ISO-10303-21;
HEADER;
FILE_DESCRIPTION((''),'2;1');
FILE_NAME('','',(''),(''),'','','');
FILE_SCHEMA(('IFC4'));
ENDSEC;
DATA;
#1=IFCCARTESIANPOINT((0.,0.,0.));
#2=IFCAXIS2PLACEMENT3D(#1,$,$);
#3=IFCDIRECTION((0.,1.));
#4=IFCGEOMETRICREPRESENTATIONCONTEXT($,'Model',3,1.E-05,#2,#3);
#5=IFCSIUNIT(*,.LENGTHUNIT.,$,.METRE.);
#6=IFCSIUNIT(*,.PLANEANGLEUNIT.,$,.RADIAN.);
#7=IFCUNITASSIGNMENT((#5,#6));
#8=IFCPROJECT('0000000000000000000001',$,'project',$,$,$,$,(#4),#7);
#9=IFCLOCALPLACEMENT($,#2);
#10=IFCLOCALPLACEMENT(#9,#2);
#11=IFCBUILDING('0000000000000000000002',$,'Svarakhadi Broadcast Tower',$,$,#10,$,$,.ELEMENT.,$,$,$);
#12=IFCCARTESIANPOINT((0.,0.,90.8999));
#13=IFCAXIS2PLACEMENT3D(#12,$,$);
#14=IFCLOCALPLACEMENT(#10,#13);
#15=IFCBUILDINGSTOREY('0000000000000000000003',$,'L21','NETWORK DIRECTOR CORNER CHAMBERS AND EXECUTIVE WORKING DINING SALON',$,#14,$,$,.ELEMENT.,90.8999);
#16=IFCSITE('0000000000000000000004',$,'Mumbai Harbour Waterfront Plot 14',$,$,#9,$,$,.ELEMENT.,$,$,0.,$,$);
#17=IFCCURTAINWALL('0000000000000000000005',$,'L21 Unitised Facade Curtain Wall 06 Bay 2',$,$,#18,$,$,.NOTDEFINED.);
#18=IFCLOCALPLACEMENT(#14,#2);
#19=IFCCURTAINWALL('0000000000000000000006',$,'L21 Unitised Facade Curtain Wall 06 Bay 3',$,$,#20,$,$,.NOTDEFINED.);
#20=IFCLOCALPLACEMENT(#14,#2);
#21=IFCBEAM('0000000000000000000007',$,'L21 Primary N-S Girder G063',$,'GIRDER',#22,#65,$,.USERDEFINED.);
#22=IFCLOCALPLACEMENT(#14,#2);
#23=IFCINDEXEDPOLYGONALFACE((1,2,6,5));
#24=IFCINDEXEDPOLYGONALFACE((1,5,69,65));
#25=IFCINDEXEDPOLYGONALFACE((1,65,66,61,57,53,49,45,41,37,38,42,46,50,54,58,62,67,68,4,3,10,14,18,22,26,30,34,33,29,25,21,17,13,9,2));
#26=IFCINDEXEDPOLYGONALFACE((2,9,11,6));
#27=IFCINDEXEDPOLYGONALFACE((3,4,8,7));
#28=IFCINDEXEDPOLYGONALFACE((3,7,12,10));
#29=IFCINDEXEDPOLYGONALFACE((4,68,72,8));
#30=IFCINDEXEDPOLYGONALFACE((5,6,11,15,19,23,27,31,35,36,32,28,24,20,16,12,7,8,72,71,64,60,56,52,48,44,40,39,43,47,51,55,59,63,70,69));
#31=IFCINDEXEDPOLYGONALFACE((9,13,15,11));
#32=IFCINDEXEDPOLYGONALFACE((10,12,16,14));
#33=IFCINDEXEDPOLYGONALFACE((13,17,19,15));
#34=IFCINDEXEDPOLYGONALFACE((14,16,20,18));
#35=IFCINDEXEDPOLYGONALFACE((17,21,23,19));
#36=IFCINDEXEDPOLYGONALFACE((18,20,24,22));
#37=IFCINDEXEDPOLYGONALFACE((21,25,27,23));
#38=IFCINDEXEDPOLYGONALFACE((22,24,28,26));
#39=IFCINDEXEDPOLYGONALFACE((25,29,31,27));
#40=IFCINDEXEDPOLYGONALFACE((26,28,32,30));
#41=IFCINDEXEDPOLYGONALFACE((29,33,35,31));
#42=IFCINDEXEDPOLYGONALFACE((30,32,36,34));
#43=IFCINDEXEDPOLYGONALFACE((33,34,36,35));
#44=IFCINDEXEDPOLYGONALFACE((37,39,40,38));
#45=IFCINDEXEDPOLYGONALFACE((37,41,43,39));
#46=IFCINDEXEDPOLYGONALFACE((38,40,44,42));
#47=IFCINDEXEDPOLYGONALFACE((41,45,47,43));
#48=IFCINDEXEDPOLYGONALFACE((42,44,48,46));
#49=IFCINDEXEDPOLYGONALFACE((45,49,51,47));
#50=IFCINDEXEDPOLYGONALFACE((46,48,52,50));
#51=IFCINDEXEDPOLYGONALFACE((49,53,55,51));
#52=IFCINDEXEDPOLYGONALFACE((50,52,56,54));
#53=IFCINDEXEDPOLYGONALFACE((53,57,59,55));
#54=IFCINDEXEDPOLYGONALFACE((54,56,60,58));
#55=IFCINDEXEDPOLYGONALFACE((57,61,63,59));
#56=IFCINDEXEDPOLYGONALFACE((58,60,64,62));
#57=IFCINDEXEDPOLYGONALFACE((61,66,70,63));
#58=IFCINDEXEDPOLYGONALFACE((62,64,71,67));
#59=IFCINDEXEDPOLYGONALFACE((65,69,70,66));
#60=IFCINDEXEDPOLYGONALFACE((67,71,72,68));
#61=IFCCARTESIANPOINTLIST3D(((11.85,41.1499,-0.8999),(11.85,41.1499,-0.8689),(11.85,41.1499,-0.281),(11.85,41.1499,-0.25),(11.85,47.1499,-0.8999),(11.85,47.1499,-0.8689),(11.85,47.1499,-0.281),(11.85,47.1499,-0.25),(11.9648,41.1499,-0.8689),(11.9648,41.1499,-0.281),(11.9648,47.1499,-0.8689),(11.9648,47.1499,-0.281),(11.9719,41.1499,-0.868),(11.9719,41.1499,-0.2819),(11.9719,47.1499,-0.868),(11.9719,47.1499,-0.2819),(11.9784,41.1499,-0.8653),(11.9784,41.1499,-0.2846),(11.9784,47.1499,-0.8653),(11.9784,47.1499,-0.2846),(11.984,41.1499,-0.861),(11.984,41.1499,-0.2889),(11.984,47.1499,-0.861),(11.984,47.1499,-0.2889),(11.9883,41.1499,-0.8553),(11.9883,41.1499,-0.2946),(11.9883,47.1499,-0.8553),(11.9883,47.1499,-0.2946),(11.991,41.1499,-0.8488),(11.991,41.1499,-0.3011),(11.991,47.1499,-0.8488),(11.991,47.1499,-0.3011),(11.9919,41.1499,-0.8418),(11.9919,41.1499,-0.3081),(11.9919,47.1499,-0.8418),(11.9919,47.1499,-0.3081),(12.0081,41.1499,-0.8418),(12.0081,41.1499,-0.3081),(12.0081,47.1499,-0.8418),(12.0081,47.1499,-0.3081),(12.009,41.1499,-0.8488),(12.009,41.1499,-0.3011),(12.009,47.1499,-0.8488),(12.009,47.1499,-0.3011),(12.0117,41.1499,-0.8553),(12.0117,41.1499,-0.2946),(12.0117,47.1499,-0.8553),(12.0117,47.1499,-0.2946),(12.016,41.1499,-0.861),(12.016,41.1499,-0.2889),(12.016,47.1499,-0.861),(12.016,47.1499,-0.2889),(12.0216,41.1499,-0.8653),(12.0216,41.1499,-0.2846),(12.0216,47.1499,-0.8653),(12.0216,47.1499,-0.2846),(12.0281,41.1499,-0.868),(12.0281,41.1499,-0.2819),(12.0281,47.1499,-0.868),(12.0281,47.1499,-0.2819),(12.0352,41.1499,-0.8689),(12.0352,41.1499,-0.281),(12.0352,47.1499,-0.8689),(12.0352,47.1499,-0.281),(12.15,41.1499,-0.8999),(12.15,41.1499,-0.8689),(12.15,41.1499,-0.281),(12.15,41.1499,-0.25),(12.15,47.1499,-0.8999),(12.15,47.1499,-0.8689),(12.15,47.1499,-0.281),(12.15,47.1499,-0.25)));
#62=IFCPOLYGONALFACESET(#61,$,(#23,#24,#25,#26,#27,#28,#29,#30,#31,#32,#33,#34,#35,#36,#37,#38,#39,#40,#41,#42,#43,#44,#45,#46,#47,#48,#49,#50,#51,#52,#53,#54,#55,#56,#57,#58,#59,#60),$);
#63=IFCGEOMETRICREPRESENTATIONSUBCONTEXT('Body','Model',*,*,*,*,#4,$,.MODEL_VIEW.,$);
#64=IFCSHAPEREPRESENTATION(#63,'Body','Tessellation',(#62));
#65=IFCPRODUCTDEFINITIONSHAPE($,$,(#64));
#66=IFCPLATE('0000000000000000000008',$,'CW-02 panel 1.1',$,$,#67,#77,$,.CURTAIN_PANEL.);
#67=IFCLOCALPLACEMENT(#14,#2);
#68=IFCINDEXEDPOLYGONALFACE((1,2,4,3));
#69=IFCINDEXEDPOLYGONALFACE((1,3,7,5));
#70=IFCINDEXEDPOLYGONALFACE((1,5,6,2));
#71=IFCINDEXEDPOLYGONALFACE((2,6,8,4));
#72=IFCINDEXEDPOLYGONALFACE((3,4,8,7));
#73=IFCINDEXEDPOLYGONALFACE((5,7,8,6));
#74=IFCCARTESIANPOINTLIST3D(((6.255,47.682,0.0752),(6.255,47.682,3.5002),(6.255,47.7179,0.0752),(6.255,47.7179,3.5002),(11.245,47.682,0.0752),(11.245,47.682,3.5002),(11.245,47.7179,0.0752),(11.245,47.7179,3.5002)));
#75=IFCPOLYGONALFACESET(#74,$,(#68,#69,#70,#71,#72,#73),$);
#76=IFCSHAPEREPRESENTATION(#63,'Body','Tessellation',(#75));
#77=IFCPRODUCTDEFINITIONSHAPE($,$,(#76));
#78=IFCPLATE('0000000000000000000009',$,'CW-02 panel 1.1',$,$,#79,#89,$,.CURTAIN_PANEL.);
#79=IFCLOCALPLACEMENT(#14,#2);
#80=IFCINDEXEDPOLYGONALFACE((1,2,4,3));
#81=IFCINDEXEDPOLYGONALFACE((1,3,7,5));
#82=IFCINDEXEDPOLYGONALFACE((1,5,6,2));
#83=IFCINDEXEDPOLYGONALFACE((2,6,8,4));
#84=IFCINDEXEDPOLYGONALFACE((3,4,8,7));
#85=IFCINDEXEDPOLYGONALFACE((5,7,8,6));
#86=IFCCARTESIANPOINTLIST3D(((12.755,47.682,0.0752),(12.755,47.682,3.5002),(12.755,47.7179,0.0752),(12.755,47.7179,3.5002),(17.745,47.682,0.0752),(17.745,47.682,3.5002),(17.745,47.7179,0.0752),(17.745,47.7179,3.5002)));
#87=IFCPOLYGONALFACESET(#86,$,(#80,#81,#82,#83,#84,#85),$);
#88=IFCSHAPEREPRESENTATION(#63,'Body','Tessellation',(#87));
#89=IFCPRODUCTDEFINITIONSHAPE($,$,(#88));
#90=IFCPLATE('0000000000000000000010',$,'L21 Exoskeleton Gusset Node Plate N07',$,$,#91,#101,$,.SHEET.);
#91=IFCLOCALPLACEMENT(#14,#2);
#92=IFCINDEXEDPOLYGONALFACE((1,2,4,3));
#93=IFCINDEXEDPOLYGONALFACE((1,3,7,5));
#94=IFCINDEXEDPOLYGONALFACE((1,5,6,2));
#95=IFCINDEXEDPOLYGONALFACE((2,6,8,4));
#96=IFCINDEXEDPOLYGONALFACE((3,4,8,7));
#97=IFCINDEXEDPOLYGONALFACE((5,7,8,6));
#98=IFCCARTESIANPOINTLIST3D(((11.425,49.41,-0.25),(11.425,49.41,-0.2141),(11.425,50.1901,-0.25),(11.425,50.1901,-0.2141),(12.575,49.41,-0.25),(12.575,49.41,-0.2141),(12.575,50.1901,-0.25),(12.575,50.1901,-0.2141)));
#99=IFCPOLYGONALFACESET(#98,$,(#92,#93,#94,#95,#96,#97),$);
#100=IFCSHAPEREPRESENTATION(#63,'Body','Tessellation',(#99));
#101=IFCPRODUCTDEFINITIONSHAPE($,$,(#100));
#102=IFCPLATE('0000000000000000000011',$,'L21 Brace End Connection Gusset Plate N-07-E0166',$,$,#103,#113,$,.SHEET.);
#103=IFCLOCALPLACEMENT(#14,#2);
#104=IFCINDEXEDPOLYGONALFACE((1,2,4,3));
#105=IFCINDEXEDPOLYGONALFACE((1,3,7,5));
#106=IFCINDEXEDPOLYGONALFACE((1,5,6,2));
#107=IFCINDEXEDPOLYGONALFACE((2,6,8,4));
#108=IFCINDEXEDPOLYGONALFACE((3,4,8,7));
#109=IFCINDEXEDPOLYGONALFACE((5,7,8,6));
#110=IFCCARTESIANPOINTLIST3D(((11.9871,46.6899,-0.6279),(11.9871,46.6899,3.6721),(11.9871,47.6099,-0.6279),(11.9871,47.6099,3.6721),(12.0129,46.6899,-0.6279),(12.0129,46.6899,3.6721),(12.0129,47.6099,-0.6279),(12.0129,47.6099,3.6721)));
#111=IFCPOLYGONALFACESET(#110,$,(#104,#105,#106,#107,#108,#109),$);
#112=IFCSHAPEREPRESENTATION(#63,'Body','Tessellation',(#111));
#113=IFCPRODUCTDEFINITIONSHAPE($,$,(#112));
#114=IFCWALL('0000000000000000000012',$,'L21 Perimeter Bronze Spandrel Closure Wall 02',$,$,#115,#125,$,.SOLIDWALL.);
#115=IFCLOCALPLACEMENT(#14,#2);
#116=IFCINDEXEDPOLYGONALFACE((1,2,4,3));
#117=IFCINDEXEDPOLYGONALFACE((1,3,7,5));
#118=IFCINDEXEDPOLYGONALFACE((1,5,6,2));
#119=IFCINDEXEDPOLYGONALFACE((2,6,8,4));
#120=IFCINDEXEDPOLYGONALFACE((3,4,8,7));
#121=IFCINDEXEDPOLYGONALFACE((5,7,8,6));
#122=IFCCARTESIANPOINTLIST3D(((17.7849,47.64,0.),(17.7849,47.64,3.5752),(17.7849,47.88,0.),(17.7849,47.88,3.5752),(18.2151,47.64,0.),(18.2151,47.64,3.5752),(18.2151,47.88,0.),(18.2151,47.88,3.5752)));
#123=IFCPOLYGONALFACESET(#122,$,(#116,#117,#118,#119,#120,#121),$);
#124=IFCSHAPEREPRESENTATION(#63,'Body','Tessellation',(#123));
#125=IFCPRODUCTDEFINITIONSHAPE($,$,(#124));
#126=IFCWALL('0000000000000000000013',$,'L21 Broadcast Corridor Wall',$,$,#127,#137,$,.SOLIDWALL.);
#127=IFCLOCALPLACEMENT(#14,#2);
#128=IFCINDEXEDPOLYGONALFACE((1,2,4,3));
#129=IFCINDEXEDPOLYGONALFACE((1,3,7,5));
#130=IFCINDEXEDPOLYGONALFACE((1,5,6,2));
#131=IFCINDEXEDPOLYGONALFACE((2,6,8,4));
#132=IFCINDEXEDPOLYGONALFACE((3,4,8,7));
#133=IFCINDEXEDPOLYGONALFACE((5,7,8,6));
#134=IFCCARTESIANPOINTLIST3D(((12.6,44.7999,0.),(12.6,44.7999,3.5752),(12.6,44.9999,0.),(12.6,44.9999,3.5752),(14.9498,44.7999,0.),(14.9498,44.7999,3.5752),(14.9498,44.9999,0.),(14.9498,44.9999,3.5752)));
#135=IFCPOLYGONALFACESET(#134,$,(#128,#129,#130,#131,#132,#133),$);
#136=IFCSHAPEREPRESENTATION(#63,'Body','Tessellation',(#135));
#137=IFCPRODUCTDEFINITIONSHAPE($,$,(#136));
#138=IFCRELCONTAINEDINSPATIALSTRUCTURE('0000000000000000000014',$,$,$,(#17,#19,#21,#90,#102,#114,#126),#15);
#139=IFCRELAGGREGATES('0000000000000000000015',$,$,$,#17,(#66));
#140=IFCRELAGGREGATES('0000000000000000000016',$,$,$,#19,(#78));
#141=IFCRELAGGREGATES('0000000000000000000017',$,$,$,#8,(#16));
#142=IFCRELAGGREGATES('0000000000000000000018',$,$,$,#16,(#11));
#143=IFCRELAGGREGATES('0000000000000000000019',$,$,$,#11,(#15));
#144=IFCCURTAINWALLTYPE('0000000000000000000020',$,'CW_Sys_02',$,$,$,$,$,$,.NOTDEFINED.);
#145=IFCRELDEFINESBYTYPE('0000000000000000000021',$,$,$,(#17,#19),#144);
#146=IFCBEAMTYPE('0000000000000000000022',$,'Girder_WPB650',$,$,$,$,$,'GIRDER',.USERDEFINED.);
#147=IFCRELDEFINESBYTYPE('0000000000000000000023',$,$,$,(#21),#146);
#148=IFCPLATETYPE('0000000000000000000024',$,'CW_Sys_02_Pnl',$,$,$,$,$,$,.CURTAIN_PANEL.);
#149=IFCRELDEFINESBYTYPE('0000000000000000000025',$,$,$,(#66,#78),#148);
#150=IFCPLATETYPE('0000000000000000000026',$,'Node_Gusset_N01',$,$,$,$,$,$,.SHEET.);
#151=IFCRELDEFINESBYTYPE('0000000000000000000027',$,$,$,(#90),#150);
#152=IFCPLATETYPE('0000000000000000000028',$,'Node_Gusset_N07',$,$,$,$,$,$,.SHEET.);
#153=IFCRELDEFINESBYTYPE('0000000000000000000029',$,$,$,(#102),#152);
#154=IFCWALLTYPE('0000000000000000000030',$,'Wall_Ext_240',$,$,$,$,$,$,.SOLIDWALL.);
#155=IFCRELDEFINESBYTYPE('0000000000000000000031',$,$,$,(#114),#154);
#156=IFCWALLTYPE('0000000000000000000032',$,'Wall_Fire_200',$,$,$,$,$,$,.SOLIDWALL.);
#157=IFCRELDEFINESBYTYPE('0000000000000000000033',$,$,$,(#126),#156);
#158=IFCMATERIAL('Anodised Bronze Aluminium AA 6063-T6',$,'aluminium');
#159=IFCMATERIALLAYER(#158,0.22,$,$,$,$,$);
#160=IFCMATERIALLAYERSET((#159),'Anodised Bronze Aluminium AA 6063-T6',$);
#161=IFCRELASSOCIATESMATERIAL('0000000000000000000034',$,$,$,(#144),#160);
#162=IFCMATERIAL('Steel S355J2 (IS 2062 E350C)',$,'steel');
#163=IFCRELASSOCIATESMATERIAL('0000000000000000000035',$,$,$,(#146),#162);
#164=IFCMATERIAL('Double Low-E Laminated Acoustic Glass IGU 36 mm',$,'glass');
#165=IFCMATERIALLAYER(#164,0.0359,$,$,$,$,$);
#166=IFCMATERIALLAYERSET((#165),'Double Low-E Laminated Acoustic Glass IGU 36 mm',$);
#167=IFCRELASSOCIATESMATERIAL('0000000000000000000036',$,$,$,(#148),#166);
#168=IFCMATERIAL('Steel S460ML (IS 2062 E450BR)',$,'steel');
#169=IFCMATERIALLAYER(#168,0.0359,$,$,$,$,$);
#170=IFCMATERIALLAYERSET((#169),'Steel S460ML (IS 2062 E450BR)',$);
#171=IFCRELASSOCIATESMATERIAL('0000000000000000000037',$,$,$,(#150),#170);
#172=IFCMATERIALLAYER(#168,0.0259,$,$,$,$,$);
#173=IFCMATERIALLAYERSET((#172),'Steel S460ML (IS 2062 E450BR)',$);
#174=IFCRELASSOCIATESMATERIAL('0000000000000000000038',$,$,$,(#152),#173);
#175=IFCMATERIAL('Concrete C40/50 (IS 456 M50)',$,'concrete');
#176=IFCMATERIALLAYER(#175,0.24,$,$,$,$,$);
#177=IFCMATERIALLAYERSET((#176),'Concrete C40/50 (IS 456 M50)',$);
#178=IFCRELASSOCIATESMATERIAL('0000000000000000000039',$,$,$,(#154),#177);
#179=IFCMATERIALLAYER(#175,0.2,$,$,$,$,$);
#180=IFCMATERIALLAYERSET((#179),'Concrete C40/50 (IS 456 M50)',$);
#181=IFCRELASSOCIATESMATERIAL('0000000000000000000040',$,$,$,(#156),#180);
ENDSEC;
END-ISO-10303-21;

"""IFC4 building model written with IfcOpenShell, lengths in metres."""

from ifc_helpers import new_model, si_unit, direction, frame, frame_2d, origin, origin_2d, place, context, subcontext, project, spatial, rectangle, i_section, extrude, material, layer, layer_set, material_profile, profile_set, type_object, element, aggregate, save


model = new_model("IFC4")

# Units and contexts
model_context = context("Model", 3, precision=1e-05, world=origin(), true_north=direction((0.0, 1.0)))
body_context = subcontext(model_context, "Body", "Model", "MODEL_VIEW")
ifc_project = project(units=[si_unit("LENGTHUNIT", "METRE"), si_unit("PLANEANGLEUNIT", "RADIAN")], contexts=[model_context])

# Site, building, storey
site_placement = place(None, origin())
site = spatial("IfcSite", under=ifc_project, at=site_placement, Name="Mumbai Harbour Waterfront Plot 14", CompositionType="ELEMENT", RefElevation=0.0)
building_placement = place(site_placement, origin())
building = spatial("IfcBuilding", under=site, at=building_placement, Name="Svarakhadi Broadcast Tower", CompositionType="ELEMENT")
storey_placement = place(building_placement, frame((0.0, 0.0, 90.8999)))
storey = spatial("IfcBuildingStorey", under=building, at=storey_placement, Name="L21", Description="NETWORK DIRECTOR CORNER CHAMBERS AND EXECUTIVE WORKING DINING SALON", CompositionType="ELEMENT", Elevation=90.8999)

# Shared definitions
ifc_material_1 = material(Name="Steel S460ML (IS 2062 E450BR)", Category="steel")

# Shared definitions
ifc_material_2 = material(Name="Steel S355J2 (IS 2062 E350C)", Category="steel")

# Curtain walls
ifc_material_3 = material(Name="Anodised Bronze Aluminium AA 6063-T6", Category="aluminium")
ifc_layer_1 = layer(ifc_material_3, 0.22)
ifc_layer_set_1 = layer_set([ifc_layer_1], Name="Anodised Bronze Aluminium AA 6063-T6")
curtain_wall_type = type_object("IfcCurtainWallType", Name="CW_Sys_02", PredefinedType="NOTDEFINED", material=ifc_layer_set_1)
curtain_wall_1_placement = place(storey_placement, origin())
curtain_wall_1 = element("IfcCurtainWall", 1, at=curtain_wall_1_placement, inside=storey, type_object=curtain_wall_type, Name="L21 Unitised Facade Curtain Wall 06 Bay 2", PredefinedType="NOTDEFINED")
curtain_wall_2_placement = place(storey_placement, origin())
curtain_wall_2 = element("IfcCurtainWall", 2, at=curtain_wall_2_placement, inside=storey, type_object=curtain_wall_type, Name="L21 Unitised Facade Curtain Wall 06 Bay 3", PredefinedType="NOTDEFINED")

# Beam
ifc_material_profile_1 = material_profile(ifc_material_2, i_section(OverallWidth=0.3, OverallDepth=0.6499, WebThickness=0.0161, FlangeThickness=0.031, FilletRadius=0.0271, at=origin_2d()), Name="WPB 650x300x225")
ifc_profile_set_1 = profile_set([ifc_material_profile_1], Name="Steel S355J2 (IS 2062 E350C)")
beam_type_1 = type_object("IfcBeamType", Name="Girder_WPB650", ElementType="GIRDER", PredefinedType="USERDEFINED", material=ifc_profile_set_1)
for number, where, z_axis, x_axis, name in (
    (3, (12.0, 41.1499, -0.575), (0.0, 1.0, 0.0), (-1.0, 0.0, 0.0), "L21 Primary N-S Girder G063"),
):
    element("IfcBeam", number, at=place(storey_placement, frame(where, z_axis=z_axis, x_axis=x_axis)), inside=storey, type_object=beam_type_1, Name=name, ObjectType="GIRDER", PredefinedType="USERDEFINED", context=body_context, shape_type="SweptSolid", body=[
        extrude(i_section(OverallWidth=0.3, OverallDepth=0.6499, WebThickness=0.0161, FlangeThickness=0.031, FilletRadius=0.0271, at=origin_2d()), origin(), (0.0, 0.0, 1.0), 6.0),
    ])

# Plates
ifc_material_4 = material(Name="Double Low-E Laminated Acoustic Glass IGU 36 mm", Category="glass")
ifc_layer_2 = layer(ifc_material_4, 0.0359)
ifc_layer_set_2 = layer_set([ifc_layer_2], Name="Double Low-E Laminated Acoustic Glass IGU 36 mm")
plate_type_1 = type_object("IfcPlateType", Name="CW_Sys_02_Pnl", PredefinedType="CURTAIN_PANEL", material=ifc_layer_set_2)
plate_1_placement = place(storey_placement, frame((8.75, 47.7, 0.0752), z_axis=(0.0, 0.0, 1.0), x_axis=(1.0, 0.0, 0.0)))
plate_1 = element("IfcPlate", 4, at=plate_1_placement, type_object=plate_type_1, Name="CW-02 panel 1.1", PredefinedType="CURTAIN_PANEL", context=body_context, shape_type="SweptSolid", body=[
    extrude(rectangle(XDim=4.99, YDim=0.0359, at=origin_2d()), origin(), (0.0, 0.0, 1.0), 3.425),
])
aggregate(curtain_wall_1, [plate_1])
plate_2_placement = place(storey_placement, frame((15.25, 47.7, 0.0752), z_axis=(0.0, 0.0, 1.0), x_axis=(1.0, 0.0, 0.0)))
plate_2 = element("IfcPlate", 5, at=plate_2_placement, type_object=plate_type_1, Name="CW-02 panel 1.1", PredefinedType="CURTAIN_PANEL", context=body_context, shape_type="SweptSolid", body=[
    extrude(rectangle(XDim=4.99, YDim=0.0359, at=origin_2d()), origin(), (0.0, 0.0, 1.0), 3.425),
])
aggregate(curtain_wall_2, [plate_2])

# Plates
ifc_layer_3 = layer(ifc_material_1, 0.0359)
ifc_layer_set_3 = layer_set([ifc_layer_3], Name="Steel S460ML (IS 2062 E450BR)")
plate_type_2 = type_object("IfcPlateType", Name="Node_Gusset_N01", PredefinedType="SHEET", material=ifc_layer_set_3)
plate_3_placement = place(storey_placement, frame((12.0, 49.8, -0.25), z_axis=(0.0, 0.0, 1.0), x_axis=(1.0, 0.0, 0.0)))
element("IfcPlate", 6, at=plate_3_placement, inside=storey, type_object=plate_type_2, Name="L21 Exoskeleton Gusset Node Plate N07", PredefinedType="SHEET", context=body_context, shape_type="SweptSolid", body=[
    extrude(rectangle(XDim=1.1499, YDim=0.78, at=origin_2d()), origin(), (0.0, 0.0, 1.0), 0.0359),
])
ifc_layer_4 = layer(ifc_material_1, 0.0259)
ifc_layer_set_4 = layer_set([ifc_layer_4], Name="Steel S460ML (IS 2062 E450BR)")
plate_type_3 = type_object("IfcPlateType", Name="Node_Gusset_N07", PredefinedType="SHEET", material=ifc_layer_set_4)
plate_4_placement = place(storey_placement, frame((12.0, 47.1499, -0.6279), z_axis=(0.0, 0.0, 1.0), x_axis=(0.0, 1.0, 0.0)))
element("IfcPlate", 7, at=plate_4_placement, inside=storey, type_object=plate_type_3, Name="L21 Brace End Connection Gusset Plate N-07-E0166", PredefinedType="SHEET", context=body_context, shape_type="SweptSolid", body=[
    extrude(rectangle(XDim=0.9199, YDim=0.0259, at=origin_2d()), origin(), (0.0, 0.0, 1.0), 4.3),
])

# Walls
ifc_material_5 = material(Name="Concrete C40/50 (IS 456 M50)", Category="concrete")
ifc_layer_5 = layer(ifc_material_5, 0.24)
ifc_layer_set_5 = layer_set([ifc_layer_5], Name="Concrete C40/50 (IS 456 M50)")
wall_type_1 = type_object("IfcWallType", Name="Wall_Ext_240", PredefinedType="SOLIDWALL", material=ifc_layer_set_5)
wall_1_placement = place(storey_placement, frame((17.7849, 47.76, 0.0), z_axis=(0.0, 0.0, 1.0), x_axis=(1.0, 0.0, 0.0)))
element("IfcWall", 8, at=wall_1_placement, inside=storey, type_object=wall_type_1, Name="L21 Perimeter Bronze Spandrel Closure Wall 02", PredefinedType="SOLIDWALL", context=body_context, shape_type="SweptSolid", body=[
    extrude(rectangle(XDim=0.4302, YDim=0.24, at=frame_2d((0.2151, 0.0))), origin(), (0.0, 0.0, 1.0), 3.5752),
])
ifc_layer_6 = layer(ifc_material_5, 0.2)
ifc_layer_set_6 = layer_set([ifc_layer_6], Name="Concrete C40/50 (IS 456 M50)")
wall_type_2 = type_object("IfcWallType", Name="Wall_Fire_200", PredefinedType="SOLIDWALL", material=ifc_layer_set_6)
wall_2_placement = place(storey_placement, frame((12.6001, 44.8999, 0.0), z_axis=(0.0, 0.0, 1.0), x_axis=(1.0, 0.0, 0.0)))
element("IfcWall", 9, at=wall_2_placement, inside=storey, type_object=wall_type_2, Name="L21 Broadcast Corridor Wall", PredefinedType="SOLIDWALL", context=body_context, shape_type="SweptSolid", body=[
    extrude(rectangle(XDim=2.3499, YDim=0.2, at=frame_2d((1.1748, 0.0))), origin(), (0.0, 0.0, 1.0), 3.5752),
])

save(model, "model.ifc")
